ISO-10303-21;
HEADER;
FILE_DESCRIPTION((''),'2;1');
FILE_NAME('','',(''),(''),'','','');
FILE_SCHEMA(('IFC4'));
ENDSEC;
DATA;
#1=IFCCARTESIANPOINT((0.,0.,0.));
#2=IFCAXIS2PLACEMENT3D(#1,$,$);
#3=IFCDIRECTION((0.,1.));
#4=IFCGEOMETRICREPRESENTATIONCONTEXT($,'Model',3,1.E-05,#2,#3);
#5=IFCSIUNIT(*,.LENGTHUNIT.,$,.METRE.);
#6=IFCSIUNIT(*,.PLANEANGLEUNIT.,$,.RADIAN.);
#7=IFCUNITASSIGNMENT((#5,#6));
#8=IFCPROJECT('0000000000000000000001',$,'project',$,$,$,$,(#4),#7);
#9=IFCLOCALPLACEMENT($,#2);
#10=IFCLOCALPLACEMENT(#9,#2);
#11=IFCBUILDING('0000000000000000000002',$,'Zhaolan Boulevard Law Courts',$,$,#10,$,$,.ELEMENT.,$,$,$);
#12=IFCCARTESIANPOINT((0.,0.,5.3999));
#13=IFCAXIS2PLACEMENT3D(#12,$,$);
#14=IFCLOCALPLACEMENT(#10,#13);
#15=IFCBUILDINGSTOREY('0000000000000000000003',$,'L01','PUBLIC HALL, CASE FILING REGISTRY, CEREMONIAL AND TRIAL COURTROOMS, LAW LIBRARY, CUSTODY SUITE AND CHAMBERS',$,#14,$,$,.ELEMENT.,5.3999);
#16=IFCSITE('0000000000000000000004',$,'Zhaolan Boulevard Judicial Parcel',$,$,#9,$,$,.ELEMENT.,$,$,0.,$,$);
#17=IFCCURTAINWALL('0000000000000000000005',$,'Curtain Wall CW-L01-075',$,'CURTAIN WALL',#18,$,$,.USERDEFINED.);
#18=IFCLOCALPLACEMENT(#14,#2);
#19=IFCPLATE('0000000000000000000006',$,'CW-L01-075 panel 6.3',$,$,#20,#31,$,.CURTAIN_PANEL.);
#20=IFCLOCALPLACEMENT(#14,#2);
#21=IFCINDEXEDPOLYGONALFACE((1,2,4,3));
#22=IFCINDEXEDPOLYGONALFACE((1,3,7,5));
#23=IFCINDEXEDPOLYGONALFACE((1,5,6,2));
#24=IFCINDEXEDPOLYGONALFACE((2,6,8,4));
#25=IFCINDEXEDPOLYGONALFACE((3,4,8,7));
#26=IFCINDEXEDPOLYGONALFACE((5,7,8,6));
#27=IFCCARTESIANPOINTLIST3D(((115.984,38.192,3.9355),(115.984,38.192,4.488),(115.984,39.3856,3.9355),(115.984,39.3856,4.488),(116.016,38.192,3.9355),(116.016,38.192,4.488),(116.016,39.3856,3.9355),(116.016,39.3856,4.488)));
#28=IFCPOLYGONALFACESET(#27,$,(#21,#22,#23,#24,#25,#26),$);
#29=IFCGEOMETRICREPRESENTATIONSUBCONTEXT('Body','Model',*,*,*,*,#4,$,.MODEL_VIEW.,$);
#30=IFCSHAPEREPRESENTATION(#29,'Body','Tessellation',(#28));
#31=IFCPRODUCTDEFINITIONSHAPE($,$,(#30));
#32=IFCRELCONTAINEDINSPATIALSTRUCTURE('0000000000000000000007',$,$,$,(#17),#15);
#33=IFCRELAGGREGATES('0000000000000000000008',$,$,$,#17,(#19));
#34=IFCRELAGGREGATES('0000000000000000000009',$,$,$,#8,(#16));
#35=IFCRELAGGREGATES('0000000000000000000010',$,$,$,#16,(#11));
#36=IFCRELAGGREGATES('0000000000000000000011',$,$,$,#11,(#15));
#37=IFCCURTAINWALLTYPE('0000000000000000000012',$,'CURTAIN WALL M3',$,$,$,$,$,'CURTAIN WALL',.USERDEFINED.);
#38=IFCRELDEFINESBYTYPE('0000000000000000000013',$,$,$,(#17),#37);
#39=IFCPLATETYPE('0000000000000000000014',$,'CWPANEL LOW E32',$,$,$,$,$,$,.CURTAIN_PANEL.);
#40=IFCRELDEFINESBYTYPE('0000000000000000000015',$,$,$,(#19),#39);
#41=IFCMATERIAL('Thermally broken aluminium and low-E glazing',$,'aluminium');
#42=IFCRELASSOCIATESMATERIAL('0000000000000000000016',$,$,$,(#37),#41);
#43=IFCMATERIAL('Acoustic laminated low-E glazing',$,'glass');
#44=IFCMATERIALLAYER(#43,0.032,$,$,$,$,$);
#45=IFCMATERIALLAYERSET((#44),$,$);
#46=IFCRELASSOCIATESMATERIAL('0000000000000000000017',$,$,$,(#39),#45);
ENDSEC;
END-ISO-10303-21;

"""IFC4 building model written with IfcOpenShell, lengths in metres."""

from ifc_helpers import new_model, si_unit, direction, frame, origin, origin_2d, place, context, subcontext, project, spatial, rectangle, extrude, material, layer, layer_set, type_object, element, aggregate, save


model = new_model("IFC4")

# Units and contexts
model_context = context("Model", 3, precision=1e-05, world=origin(), true_north=direction((0.0, 1.0)))
body_context = subcontext(model_context, "Body", "Model", "MODEL_VIEW")
ifc_project = project(units=[si_unit("LENGTHUNIT", "METRE"), si_unit("PLANEANGLEUNIT", "RADIAN")], contexts=[model_context])

# Site, building, storey
site_placement = place(None, origin())
site = spatial("IfcSite", under=ifc_project, at=site_placement, Name="Zhaolan Boulevard Judicial Parcel", CompositionType="ELEMENT", RefElevation=0.0)
building_placement = place(site_placement, origin())
building = spatial("IfcBuilding", under=site, at=building_placement, Name="Zhaolan Boulevard Law Courts", CompositionType="ELEMENT")
storey_placement = place(building_placement, frame((0.0, 0.0, 5.3999)))
storey = spatial("IfcBuildingStorey", under=building, at=storey_placement, Name="L01", Description="PUBLIC HALL, CASE FILING REGISTRY, CEREMONIAL AND TRIAL COURTROOMS, LAW LIBRARY, CUSTODY SUITE AND CHAMBERS", CompositionType="ELEMENT", Elevation=5.3999)

# Curtain wall
ifc_material_1 = material(Name="Thermally broken aluminium and low-E glazing", Category="aluminium")
curtain_wall_type_1 = type_object("IfcCurtainWallType", Name="CURTAIN WALL M3", ElementType="CURTAIN WALL", PredefinedType="USERDEFINED", material=ifc_material_1)
curtain_wall_1_placement = place(storey_placement, origin())
curtain_wall_1 = element("IfcCurtainWall", 1, at=curtain_wall_1_placement, inside=storey, type_object=curtain_wall_type_1, Name="Curtain Wall CW-L01-075", ObjectType="CURTAIN WALL", PredefinedType="USERDEFINED")

# Plate
ifc_material_2 = material(Name="Acoustic laminated low-E glazing", Category="glass")
ifc_layer = layer(ifc_material_2, 0.032)
ifc_layer_set = layer_set([ifc_layer])
plate_type = type_object("IfcPlateType", Name="CWPANEL LOW E32", PredefinedType="CURTAIN_PANEL", material=ifc_layer_set)
plate_1_placement = place(storey_placement, frame((116.0, 38.7888, 3.9355), z_axis=(0.0, 0.0, 1.0), x_axis=(0.0, -1.0, 0.0)))
plate_1 = element("IfcPlate", 2, at=plate_1_placement, type_object=plate_type, Name="CW-L01-075 panel 6.3", PredefinedType="CURTAIN_PANEL", context=body_context, shape_type="SweptSolid", body=[
    extrude(rectangle(XDim=1.1936, YDim=0.032, at=origin_2d()), origin(), (0.0, 0.0, 1.0), 0.5525),
])
aggregate(curtain_wall_1, [plate_1])

save(model, "model.ifc")
